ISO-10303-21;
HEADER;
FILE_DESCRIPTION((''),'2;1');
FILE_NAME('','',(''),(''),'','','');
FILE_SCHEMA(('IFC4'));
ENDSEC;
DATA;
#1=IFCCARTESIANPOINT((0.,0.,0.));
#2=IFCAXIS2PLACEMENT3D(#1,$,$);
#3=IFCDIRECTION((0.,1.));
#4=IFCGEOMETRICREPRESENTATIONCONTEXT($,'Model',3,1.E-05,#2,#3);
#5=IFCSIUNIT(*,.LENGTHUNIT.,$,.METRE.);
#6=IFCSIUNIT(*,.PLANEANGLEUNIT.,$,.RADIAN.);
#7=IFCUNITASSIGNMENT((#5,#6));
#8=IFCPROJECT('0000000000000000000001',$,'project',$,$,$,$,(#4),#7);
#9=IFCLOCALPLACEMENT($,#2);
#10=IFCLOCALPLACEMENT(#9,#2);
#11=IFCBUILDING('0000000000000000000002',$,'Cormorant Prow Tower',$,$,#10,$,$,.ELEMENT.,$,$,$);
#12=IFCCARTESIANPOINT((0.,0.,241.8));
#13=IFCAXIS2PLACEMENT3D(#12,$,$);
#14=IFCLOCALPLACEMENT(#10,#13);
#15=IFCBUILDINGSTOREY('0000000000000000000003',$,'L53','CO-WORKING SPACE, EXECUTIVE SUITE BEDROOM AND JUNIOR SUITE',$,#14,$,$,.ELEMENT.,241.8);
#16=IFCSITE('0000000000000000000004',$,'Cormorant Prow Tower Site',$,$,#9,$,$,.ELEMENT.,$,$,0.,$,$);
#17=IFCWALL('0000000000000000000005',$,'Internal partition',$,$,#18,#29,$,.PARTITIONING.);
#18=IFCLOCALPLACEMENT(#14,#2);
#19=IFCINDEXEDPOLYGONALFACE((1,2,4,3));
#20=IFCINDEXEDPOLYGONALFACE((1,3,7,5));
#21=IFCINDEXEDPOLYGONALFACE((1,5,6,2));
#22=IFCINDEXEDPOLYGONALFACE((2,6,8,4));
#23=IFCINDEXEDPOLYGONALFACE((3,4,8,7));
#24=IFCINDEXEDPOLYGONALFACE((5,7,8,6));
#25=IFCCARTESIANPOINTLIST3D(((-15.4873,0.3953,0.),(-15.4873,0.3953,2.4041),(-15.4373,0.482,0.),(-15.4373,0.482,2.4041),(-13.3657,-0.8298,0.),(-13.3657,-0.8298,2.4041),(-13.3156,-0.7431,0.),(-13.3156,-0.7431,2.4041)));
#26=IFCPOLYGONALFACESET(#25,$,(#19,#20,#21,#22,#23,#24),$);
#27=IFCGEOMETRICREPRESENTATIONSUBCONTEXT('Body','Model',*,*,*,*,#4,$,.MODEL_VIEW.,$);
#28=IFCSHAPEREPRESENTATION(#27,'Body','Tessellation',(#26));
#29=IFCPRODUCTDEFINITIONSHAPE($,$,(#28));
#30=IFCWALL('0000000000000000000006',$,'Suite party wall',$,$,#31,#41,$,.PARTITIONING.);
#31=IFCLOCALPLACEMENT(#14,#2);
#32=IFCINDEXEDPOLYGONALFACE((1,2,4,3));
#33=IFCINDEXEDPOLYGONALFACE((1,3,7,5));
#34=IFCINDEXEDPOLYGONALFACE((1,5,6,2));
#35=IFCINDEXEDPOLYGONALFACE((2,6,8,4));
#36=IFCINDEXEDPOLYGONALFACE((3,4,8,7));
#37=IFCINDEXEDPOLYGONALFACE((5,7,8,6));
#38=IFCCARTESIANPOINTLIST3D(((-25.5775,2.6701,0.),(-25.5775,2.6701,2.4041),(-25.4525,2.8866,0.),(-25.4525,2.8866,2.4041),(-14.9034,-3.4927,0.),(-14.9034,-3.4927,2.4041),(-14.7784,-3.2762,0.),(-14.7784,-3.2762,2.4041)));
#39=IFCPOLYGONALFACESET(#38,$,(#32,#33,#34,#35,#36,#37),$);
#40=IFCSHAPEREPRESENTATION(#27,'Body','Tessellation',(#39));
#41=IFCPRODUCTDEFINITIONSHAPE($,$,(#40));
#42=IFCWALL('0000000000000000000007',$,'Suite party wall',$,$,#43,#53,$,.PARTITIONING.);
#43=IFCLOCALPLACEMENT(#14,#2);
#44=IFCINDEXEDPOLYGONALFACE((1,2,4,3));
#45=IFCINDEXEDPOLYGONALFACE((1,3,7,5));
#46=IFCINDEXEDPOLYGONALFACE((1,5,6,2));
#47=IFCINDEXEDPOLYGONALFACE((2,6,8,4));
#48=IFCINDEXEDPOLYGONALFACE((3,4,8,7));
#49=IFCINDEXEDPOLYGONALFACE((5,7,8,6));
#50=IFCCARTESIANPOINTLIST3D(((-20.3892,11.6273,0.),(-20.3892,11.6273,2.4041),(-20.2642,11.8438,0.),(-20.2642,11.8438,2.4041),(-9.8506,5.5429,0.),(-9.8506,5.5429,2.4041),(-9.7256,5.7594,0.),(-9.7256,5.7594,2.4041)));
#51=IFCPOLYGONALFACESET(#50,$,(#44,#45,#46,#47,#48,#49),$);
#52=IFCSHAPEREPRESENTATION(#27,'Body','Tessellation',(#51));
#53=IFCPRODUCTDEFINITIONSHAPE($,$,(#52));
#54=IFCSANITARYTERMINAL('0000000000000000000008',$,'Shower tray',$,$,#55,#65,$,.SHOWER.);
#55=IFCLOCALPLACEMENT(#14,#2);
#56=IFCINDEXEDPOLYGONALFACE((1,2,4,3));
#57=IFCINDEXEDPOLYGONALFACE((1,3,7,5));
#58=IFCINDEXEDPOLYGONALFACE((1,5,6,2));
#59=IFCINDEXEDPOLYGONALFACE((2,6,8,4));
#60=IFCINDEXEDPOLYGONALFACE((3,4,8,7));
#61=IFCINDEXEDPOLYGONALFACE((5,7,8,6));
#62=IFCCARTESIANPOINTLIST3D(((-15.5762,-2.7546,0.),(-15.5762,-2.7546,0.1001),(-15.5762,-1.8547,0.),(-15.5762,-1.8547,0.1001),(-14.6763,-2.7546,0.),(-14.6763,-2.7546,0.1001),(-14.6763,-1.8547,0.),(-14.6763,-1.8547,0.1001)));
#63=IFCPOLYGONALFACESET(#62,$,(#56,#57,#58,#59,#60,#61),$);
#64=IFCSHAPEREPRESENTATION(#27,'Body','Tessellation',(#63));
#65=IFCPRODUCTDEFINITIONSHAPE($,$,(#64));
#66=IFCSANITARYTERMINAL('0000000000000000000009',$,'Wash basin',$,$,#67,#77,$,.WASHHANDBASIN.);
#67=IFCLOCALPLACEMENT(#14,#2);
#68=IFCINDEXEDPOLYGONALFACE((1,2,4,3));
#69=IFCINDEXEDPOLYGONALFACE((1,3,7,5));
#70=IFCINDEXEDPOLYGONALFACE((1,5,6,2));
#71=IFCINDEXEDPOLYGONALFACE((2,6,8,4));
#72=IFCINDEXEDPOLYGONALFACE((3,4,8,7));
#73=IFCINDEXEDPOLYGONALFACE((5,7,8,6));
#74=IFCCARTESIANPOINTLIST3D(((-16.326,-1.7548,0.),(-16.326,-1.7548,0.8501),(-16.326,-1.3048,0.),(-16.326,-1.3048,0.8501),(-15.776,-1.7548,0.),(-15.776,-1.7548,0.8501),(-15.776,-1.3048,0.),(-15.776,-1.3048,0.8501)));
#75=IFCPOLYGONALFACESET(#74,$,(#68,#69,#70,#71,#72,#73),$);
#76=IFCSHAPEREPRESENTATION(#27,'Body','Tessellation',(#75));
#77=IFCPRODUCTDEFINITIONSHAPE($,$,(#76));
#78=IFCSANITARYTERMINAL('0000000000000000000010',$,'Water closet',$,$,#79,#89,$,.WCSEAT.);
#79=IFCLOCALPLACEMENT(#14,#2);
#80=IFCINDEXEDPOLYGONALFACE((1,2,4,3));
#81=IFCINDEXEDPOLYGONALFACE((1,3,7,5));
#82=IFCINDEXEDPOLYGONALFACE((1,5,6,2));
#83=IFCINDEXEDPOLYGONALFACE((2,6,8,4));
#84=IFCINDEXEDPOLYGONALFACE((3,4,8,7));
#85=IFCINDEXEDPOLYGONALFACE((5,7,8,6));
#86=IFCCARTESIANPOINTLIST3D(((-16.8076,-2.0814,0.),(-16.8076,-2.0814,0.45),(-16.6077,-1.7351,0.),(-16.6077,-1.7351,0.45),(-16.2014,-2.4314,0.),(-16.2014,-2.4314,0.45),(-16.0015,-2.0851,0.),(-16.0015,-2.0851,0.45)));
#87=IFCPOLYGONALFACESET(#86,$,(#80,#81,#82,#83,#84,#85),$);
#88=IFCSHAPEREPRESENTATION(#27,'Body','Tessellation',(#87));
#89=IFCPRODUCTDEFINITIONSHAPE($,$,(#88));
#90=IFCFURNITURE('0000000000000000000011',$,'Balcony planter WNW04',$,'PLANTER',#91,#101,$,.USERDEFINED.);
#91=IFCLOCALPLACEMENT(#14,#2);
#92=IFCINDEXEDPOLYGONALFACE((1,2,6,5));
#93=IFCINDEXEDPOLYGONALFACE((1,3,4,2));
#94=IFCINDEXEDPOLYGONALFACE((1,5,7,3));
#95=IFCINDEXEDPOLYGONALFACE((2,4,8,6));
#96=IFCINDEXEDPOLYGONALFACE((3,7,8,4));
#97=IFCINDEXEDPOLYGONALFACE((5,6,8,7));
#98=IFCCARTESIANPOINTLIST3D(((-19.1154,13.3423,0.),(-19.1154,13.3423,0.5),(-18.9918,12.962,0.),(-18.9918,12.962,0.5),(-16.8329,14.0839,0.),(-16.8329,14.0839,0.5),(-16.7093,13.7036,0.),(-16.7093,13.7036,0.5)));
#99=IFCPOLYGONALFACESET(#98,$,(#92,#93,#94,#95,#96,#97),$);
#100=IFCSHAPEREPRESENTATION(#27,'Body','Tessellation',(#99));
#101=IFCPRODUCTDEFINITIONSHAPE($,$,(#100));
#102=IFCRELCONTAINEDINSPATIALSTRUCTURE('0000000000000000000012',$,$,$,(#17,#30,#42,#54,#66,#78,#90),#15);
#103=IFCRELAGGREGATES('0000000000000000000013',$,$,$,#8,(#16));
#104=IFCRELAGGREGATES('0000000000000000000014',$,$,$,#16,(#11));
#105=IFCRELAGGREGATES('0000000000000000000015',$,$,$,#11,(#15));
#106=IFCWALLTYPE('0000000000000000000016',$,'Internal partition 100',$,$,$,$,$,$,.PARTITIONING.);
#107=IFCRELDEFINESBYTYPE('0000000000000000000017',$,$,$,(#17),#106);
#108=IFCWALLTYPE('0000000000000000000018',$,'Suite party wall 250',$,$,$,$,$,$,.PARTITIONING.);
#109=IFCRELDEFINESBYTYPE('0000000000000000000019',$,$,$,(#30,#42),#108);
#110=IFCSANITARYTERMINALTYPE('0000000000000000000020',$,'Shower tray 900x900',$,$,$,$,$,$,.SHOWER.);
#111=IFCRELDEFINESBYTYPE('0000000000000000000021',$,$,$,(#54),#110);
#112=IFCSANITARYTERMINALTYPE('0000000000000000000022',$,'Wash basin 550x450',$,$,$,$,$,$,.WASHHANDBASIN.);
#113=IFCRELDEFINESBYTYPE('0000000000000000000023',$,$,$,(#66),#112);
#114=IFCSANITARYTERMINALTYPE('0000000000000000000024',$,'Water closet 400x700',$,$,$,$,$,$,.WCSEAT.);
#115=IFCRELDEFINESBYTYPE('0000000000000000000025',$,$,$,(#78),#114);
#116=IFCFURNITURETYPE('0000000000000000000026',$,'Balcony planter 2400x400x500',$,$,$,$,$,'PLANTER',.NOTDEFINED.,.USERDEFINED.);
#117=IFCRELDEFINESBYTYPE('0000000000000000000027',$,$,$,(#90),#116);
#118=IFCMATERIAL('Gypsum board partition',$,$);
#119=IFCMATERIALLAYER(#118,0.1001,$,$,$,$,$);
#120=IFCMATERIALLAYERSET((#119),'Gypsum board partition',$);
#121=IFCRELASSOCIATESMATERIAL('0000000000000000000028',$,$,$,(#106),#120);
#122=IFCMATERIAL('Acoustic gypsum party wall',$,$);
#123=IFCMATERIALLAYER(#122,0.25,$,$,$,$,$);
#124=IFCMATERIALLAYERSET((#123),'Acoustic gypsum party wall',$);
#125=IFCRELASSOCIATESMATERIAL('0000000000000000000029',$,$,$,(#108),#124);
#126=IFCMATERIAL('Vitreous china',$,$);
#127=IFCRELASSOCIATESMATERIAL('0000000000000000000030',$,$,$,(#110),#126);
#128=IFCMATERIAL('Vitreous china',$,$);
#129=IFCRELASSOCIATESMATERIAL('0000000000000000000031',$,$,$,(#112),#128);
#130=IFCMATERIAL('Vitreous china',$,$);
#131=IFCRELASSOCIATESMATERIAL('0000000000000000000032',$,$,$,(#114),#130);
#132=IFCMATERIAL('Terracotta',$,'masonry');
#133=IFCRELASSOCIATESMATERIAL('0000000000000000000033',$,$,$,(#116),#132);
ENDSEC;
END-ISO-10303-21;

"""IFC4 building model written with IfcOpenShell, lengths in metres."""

from ifc_helpers import new_model, si_unit, direction, frame, frame_2d, origin, origin_2d, place, context, subcontext, project, spatial, rectangle, extrude, material, layer, layer_set, type_object, element, save


model = new_model("IFC4")

# Units and contexts
model_context = context("Model", 3, precision=1e-05, world=origin(), true_north=direction((0.0, 1.0)))
body_context = subcontext(model_context, "Body", "Model", "MODEL_VIEW")
ifc_project = project(units=[si_unit("LENGTHUNIT", "METRE"), si_unit("PLANEANGLEUNIT", "RADIAN")], contexts=[model_context])

# Site, building, storey
site_placement = place(None, origin())
site = spatial("IfcSite", under=ifc_project, at=site_placement, Name="Cormorant Prow Tower Site", CompositionType="ELEMENT", RefElevation=0.0)
building_placement = place(site_placement, origin())
building = spatial("IfcBuilding", under=site, at=building_placement, Name="Cormorant Prow Tower", CompositionType="ELEMENT")
storey_placement = place(building_placement, frame((0.0, 0.0, 241.8)))
storey = spatial("IfcBuildingStorey", under=building, at=storey_placement, Name="L53", Description="CO-WORKING SPACE, EXECUTIVE SUITE BEDROOM AND JUNIOR SUITE", CompositionType="ELEMENT", Elevation=241.8)

# Walls
ifc_material_1 = material(Name="Gypsum board partition")
ifc_layer_1 = layer(ifc_material_1, 0.1001)
ifc_layer_set_1 = layer_set([ifc_layer_1], Name="Gypsum board partition")
wall_type_1 = type_object("IfcWallType", Name="Internal partition 100", PredefinedType="PARTITIONING", material=ifc_layer_set_1)
wall_1_placement = place(storey_placement, frame((-15.4624, 0.4387, 0.0), z_axis=(0.0, 0.0, 1.0), x_axis=(0.86599, -0.500062, 0.0)))
element("IfcWall", 1, at=wall_1_placement, inside=storey, type_object=wall_type_1, Name="Internal partition", PredefinedType="PARTITIONING", context=body_context, shape_type="SweptSolid", body=[
    extrude(rectangle(XDim=2.45, YDim=0.1001, at=frame_2d((1.2251, 0.0))), origin(), (0.0, 0.0, 1.0), 2.4041),
])
ifc_material_2 = material(Name="Acoustic gypsum party wall")
ifc_layer_2 = layer(ifc_material_2, 0.25)
ifc_layer_set_2 = layer_set([ifc_layer_2], Name="Acoustic gypsum party wall")
wall_type_2 = type_object("IfcWallType", Name="Suite party wall 250", PredefinedType="PARTITIONING", material=ifc_layer_set_2)
wall_2_placement = place(storey_placement, frame((-25.5149, 2.7783, 0.0), z_axis=(0.0, 0.0, 1.0), x_axis=(0.86602, -0.50001, 0.0)))
element("IfcWall", 2, at=wall_2_placement, inside=storey, type_object=wall_type_2, Name="Suite party wall", PredefinedType="PARTITIONING", context=body_context, shape_type="SweptSolid", body=[
    extrude(rectangle(XDim=12.3254, YDim=0.25, at=frame_2d((6.1626, 0.0))), origin(), (0.0, 0.0, 1.0), 2.4041),
])
wall_3_placement = place(storey_placement, frame((-20.3267, 11.7356, 0.0), z_axis=(0.0, 0.0, 1.0), x_axis=(0.866025, -0.500001, 0.0)))
element("IfcWall", 3, at=wall_3_placement, inside=storey, type_object=wall_type_2, Name="Suite party wall", PredefinedType="PARTITIONING", context=body_context, shape_type="SweptSolid", body=[
    extrude(rectangle(XDim=12.1689, YDim=0.25, at=frame_2d((6.0845, 0.0))), origin(), (0.0, 0.0, 1.0), 2.4041),
])

# Sanitary terminals
ifc_material_3 = material(Name="Vitreous china")
sanitary_terminal_type_1 = type_object("IfcSanitaryTerminalType", Name="Shower tray 900x900", PredefinedType="SHOWER", material=ifc_material_3)
sanitary_terminal_1_placement = place(storey_placement, frame((-15.1262, -2.3047, 0.0), z_axis=(0.0, 0.0, 1.0), x_axis=(1.0, 0.0, 0.0)))
element("IfcSanitaryTerminal", 4, at=sanitary_terminal_1_placement, inside=storey, type_object=sanitary_terminal_type_1, Name="Shower tray", PredefinedType="SHOWER", context=body_context, shape_type="SweptSolid", body=[
    extrude(rectangle(XDim=0.8999, YDim=0.8999, at=origin_2d()), origin(), (0.0, 0.0, 1.0), 0.1001),
])
ifc_material_4 = material(Name="Vitreous china")
sanitary_terminal_type_2 = type_object("IfcSanitaryTerminalType", Name="Wash basin 550x450", PredefinedType="WASHHANDBASIN", material=ifc_material_4)
sanitary_terminal_2_placement = place(storey_placement, frame((-16.051, -1.5298, 0.0), z_axis=(0.0, 0.0, 1.0), x_axis=(1.0, 0.0, 0.0)))
element("IfcSanitaryTerminal", 5, at=sanitary_terminal_2_placement, inside=storey, type_object=sanitary_terminal_type_2, Name="Wash basin", PredefinedType="WASHHANDBASIN", context=body_context, shape_type="SweptSolid", body=[
    extrude(rectangle(XDim=0.55, YDim=0.45, at=origin_2d()), origin(), (0.0, 0.0, 1.0), 0.8501),
])
ifc_material_5 = material(Name="Vitreous china")
sanitary_terminal_type_3 = type_object("IfcSanitaryTerminalType", Name="Water closet 400x700", PredefinedType="WCSEAT", material=ifc_material_5)
sanitary_terminal_3_placement = place(storey_placement, frame((-16.4045, -2.0833, 0.0), z_axis=(0.0, 0.0, 1.0), x_axis=(0.5, 0.866025, 0.0)))
element("IfcSanitaryTerminal", 6, at=sanitary_terminal_3_placement, inside=storey, type_object=sanitary_terminal_type_3, Name="Water closet", PredefinedType="WCSEAT", context=body_context, shape_type="SweptSolid", body=[
    extrude(rectangle(XDim=0.3999, YDim=0.7, at=origin_2d()), origin(), (0.0, 0.0, 1.0), 0.45),
])

# Furniture
ifc_material_6 = material(Name="Terracotta", Category="masonry")
furniture_type = type_object("IfcFurnitureType", Name="Balcony planter 2400x400x500", ElementType="PLANTER", AssemblyPlace="NOTDEFINED", PredefinedType="USERDEFINED", material=ifc_material_6)
furniture_placement = place(storey_placement, frame((-17.9124, 13.5229, 0.0), z_axis=(0.0, 0.0, 1.0), x_axis=(-0.951057, -0.309017, 0.0)))
element("IfcFurniture", 7, at=furniture_placement, inside=storey, type_object=furniture_type, Name="Balcony planter WNW04", ObjectType="PLANTER", PredefinedType="USERDEFINED", context=body_context, shape_type="SweptSolid", body=[
    extrude(rectangle(XDim=2.3999, YDim=0.3999, at=origin_2d()), origin(), (0.0, 0.0, 1.0), 0.5),
])

save(model, "model.ifc")
